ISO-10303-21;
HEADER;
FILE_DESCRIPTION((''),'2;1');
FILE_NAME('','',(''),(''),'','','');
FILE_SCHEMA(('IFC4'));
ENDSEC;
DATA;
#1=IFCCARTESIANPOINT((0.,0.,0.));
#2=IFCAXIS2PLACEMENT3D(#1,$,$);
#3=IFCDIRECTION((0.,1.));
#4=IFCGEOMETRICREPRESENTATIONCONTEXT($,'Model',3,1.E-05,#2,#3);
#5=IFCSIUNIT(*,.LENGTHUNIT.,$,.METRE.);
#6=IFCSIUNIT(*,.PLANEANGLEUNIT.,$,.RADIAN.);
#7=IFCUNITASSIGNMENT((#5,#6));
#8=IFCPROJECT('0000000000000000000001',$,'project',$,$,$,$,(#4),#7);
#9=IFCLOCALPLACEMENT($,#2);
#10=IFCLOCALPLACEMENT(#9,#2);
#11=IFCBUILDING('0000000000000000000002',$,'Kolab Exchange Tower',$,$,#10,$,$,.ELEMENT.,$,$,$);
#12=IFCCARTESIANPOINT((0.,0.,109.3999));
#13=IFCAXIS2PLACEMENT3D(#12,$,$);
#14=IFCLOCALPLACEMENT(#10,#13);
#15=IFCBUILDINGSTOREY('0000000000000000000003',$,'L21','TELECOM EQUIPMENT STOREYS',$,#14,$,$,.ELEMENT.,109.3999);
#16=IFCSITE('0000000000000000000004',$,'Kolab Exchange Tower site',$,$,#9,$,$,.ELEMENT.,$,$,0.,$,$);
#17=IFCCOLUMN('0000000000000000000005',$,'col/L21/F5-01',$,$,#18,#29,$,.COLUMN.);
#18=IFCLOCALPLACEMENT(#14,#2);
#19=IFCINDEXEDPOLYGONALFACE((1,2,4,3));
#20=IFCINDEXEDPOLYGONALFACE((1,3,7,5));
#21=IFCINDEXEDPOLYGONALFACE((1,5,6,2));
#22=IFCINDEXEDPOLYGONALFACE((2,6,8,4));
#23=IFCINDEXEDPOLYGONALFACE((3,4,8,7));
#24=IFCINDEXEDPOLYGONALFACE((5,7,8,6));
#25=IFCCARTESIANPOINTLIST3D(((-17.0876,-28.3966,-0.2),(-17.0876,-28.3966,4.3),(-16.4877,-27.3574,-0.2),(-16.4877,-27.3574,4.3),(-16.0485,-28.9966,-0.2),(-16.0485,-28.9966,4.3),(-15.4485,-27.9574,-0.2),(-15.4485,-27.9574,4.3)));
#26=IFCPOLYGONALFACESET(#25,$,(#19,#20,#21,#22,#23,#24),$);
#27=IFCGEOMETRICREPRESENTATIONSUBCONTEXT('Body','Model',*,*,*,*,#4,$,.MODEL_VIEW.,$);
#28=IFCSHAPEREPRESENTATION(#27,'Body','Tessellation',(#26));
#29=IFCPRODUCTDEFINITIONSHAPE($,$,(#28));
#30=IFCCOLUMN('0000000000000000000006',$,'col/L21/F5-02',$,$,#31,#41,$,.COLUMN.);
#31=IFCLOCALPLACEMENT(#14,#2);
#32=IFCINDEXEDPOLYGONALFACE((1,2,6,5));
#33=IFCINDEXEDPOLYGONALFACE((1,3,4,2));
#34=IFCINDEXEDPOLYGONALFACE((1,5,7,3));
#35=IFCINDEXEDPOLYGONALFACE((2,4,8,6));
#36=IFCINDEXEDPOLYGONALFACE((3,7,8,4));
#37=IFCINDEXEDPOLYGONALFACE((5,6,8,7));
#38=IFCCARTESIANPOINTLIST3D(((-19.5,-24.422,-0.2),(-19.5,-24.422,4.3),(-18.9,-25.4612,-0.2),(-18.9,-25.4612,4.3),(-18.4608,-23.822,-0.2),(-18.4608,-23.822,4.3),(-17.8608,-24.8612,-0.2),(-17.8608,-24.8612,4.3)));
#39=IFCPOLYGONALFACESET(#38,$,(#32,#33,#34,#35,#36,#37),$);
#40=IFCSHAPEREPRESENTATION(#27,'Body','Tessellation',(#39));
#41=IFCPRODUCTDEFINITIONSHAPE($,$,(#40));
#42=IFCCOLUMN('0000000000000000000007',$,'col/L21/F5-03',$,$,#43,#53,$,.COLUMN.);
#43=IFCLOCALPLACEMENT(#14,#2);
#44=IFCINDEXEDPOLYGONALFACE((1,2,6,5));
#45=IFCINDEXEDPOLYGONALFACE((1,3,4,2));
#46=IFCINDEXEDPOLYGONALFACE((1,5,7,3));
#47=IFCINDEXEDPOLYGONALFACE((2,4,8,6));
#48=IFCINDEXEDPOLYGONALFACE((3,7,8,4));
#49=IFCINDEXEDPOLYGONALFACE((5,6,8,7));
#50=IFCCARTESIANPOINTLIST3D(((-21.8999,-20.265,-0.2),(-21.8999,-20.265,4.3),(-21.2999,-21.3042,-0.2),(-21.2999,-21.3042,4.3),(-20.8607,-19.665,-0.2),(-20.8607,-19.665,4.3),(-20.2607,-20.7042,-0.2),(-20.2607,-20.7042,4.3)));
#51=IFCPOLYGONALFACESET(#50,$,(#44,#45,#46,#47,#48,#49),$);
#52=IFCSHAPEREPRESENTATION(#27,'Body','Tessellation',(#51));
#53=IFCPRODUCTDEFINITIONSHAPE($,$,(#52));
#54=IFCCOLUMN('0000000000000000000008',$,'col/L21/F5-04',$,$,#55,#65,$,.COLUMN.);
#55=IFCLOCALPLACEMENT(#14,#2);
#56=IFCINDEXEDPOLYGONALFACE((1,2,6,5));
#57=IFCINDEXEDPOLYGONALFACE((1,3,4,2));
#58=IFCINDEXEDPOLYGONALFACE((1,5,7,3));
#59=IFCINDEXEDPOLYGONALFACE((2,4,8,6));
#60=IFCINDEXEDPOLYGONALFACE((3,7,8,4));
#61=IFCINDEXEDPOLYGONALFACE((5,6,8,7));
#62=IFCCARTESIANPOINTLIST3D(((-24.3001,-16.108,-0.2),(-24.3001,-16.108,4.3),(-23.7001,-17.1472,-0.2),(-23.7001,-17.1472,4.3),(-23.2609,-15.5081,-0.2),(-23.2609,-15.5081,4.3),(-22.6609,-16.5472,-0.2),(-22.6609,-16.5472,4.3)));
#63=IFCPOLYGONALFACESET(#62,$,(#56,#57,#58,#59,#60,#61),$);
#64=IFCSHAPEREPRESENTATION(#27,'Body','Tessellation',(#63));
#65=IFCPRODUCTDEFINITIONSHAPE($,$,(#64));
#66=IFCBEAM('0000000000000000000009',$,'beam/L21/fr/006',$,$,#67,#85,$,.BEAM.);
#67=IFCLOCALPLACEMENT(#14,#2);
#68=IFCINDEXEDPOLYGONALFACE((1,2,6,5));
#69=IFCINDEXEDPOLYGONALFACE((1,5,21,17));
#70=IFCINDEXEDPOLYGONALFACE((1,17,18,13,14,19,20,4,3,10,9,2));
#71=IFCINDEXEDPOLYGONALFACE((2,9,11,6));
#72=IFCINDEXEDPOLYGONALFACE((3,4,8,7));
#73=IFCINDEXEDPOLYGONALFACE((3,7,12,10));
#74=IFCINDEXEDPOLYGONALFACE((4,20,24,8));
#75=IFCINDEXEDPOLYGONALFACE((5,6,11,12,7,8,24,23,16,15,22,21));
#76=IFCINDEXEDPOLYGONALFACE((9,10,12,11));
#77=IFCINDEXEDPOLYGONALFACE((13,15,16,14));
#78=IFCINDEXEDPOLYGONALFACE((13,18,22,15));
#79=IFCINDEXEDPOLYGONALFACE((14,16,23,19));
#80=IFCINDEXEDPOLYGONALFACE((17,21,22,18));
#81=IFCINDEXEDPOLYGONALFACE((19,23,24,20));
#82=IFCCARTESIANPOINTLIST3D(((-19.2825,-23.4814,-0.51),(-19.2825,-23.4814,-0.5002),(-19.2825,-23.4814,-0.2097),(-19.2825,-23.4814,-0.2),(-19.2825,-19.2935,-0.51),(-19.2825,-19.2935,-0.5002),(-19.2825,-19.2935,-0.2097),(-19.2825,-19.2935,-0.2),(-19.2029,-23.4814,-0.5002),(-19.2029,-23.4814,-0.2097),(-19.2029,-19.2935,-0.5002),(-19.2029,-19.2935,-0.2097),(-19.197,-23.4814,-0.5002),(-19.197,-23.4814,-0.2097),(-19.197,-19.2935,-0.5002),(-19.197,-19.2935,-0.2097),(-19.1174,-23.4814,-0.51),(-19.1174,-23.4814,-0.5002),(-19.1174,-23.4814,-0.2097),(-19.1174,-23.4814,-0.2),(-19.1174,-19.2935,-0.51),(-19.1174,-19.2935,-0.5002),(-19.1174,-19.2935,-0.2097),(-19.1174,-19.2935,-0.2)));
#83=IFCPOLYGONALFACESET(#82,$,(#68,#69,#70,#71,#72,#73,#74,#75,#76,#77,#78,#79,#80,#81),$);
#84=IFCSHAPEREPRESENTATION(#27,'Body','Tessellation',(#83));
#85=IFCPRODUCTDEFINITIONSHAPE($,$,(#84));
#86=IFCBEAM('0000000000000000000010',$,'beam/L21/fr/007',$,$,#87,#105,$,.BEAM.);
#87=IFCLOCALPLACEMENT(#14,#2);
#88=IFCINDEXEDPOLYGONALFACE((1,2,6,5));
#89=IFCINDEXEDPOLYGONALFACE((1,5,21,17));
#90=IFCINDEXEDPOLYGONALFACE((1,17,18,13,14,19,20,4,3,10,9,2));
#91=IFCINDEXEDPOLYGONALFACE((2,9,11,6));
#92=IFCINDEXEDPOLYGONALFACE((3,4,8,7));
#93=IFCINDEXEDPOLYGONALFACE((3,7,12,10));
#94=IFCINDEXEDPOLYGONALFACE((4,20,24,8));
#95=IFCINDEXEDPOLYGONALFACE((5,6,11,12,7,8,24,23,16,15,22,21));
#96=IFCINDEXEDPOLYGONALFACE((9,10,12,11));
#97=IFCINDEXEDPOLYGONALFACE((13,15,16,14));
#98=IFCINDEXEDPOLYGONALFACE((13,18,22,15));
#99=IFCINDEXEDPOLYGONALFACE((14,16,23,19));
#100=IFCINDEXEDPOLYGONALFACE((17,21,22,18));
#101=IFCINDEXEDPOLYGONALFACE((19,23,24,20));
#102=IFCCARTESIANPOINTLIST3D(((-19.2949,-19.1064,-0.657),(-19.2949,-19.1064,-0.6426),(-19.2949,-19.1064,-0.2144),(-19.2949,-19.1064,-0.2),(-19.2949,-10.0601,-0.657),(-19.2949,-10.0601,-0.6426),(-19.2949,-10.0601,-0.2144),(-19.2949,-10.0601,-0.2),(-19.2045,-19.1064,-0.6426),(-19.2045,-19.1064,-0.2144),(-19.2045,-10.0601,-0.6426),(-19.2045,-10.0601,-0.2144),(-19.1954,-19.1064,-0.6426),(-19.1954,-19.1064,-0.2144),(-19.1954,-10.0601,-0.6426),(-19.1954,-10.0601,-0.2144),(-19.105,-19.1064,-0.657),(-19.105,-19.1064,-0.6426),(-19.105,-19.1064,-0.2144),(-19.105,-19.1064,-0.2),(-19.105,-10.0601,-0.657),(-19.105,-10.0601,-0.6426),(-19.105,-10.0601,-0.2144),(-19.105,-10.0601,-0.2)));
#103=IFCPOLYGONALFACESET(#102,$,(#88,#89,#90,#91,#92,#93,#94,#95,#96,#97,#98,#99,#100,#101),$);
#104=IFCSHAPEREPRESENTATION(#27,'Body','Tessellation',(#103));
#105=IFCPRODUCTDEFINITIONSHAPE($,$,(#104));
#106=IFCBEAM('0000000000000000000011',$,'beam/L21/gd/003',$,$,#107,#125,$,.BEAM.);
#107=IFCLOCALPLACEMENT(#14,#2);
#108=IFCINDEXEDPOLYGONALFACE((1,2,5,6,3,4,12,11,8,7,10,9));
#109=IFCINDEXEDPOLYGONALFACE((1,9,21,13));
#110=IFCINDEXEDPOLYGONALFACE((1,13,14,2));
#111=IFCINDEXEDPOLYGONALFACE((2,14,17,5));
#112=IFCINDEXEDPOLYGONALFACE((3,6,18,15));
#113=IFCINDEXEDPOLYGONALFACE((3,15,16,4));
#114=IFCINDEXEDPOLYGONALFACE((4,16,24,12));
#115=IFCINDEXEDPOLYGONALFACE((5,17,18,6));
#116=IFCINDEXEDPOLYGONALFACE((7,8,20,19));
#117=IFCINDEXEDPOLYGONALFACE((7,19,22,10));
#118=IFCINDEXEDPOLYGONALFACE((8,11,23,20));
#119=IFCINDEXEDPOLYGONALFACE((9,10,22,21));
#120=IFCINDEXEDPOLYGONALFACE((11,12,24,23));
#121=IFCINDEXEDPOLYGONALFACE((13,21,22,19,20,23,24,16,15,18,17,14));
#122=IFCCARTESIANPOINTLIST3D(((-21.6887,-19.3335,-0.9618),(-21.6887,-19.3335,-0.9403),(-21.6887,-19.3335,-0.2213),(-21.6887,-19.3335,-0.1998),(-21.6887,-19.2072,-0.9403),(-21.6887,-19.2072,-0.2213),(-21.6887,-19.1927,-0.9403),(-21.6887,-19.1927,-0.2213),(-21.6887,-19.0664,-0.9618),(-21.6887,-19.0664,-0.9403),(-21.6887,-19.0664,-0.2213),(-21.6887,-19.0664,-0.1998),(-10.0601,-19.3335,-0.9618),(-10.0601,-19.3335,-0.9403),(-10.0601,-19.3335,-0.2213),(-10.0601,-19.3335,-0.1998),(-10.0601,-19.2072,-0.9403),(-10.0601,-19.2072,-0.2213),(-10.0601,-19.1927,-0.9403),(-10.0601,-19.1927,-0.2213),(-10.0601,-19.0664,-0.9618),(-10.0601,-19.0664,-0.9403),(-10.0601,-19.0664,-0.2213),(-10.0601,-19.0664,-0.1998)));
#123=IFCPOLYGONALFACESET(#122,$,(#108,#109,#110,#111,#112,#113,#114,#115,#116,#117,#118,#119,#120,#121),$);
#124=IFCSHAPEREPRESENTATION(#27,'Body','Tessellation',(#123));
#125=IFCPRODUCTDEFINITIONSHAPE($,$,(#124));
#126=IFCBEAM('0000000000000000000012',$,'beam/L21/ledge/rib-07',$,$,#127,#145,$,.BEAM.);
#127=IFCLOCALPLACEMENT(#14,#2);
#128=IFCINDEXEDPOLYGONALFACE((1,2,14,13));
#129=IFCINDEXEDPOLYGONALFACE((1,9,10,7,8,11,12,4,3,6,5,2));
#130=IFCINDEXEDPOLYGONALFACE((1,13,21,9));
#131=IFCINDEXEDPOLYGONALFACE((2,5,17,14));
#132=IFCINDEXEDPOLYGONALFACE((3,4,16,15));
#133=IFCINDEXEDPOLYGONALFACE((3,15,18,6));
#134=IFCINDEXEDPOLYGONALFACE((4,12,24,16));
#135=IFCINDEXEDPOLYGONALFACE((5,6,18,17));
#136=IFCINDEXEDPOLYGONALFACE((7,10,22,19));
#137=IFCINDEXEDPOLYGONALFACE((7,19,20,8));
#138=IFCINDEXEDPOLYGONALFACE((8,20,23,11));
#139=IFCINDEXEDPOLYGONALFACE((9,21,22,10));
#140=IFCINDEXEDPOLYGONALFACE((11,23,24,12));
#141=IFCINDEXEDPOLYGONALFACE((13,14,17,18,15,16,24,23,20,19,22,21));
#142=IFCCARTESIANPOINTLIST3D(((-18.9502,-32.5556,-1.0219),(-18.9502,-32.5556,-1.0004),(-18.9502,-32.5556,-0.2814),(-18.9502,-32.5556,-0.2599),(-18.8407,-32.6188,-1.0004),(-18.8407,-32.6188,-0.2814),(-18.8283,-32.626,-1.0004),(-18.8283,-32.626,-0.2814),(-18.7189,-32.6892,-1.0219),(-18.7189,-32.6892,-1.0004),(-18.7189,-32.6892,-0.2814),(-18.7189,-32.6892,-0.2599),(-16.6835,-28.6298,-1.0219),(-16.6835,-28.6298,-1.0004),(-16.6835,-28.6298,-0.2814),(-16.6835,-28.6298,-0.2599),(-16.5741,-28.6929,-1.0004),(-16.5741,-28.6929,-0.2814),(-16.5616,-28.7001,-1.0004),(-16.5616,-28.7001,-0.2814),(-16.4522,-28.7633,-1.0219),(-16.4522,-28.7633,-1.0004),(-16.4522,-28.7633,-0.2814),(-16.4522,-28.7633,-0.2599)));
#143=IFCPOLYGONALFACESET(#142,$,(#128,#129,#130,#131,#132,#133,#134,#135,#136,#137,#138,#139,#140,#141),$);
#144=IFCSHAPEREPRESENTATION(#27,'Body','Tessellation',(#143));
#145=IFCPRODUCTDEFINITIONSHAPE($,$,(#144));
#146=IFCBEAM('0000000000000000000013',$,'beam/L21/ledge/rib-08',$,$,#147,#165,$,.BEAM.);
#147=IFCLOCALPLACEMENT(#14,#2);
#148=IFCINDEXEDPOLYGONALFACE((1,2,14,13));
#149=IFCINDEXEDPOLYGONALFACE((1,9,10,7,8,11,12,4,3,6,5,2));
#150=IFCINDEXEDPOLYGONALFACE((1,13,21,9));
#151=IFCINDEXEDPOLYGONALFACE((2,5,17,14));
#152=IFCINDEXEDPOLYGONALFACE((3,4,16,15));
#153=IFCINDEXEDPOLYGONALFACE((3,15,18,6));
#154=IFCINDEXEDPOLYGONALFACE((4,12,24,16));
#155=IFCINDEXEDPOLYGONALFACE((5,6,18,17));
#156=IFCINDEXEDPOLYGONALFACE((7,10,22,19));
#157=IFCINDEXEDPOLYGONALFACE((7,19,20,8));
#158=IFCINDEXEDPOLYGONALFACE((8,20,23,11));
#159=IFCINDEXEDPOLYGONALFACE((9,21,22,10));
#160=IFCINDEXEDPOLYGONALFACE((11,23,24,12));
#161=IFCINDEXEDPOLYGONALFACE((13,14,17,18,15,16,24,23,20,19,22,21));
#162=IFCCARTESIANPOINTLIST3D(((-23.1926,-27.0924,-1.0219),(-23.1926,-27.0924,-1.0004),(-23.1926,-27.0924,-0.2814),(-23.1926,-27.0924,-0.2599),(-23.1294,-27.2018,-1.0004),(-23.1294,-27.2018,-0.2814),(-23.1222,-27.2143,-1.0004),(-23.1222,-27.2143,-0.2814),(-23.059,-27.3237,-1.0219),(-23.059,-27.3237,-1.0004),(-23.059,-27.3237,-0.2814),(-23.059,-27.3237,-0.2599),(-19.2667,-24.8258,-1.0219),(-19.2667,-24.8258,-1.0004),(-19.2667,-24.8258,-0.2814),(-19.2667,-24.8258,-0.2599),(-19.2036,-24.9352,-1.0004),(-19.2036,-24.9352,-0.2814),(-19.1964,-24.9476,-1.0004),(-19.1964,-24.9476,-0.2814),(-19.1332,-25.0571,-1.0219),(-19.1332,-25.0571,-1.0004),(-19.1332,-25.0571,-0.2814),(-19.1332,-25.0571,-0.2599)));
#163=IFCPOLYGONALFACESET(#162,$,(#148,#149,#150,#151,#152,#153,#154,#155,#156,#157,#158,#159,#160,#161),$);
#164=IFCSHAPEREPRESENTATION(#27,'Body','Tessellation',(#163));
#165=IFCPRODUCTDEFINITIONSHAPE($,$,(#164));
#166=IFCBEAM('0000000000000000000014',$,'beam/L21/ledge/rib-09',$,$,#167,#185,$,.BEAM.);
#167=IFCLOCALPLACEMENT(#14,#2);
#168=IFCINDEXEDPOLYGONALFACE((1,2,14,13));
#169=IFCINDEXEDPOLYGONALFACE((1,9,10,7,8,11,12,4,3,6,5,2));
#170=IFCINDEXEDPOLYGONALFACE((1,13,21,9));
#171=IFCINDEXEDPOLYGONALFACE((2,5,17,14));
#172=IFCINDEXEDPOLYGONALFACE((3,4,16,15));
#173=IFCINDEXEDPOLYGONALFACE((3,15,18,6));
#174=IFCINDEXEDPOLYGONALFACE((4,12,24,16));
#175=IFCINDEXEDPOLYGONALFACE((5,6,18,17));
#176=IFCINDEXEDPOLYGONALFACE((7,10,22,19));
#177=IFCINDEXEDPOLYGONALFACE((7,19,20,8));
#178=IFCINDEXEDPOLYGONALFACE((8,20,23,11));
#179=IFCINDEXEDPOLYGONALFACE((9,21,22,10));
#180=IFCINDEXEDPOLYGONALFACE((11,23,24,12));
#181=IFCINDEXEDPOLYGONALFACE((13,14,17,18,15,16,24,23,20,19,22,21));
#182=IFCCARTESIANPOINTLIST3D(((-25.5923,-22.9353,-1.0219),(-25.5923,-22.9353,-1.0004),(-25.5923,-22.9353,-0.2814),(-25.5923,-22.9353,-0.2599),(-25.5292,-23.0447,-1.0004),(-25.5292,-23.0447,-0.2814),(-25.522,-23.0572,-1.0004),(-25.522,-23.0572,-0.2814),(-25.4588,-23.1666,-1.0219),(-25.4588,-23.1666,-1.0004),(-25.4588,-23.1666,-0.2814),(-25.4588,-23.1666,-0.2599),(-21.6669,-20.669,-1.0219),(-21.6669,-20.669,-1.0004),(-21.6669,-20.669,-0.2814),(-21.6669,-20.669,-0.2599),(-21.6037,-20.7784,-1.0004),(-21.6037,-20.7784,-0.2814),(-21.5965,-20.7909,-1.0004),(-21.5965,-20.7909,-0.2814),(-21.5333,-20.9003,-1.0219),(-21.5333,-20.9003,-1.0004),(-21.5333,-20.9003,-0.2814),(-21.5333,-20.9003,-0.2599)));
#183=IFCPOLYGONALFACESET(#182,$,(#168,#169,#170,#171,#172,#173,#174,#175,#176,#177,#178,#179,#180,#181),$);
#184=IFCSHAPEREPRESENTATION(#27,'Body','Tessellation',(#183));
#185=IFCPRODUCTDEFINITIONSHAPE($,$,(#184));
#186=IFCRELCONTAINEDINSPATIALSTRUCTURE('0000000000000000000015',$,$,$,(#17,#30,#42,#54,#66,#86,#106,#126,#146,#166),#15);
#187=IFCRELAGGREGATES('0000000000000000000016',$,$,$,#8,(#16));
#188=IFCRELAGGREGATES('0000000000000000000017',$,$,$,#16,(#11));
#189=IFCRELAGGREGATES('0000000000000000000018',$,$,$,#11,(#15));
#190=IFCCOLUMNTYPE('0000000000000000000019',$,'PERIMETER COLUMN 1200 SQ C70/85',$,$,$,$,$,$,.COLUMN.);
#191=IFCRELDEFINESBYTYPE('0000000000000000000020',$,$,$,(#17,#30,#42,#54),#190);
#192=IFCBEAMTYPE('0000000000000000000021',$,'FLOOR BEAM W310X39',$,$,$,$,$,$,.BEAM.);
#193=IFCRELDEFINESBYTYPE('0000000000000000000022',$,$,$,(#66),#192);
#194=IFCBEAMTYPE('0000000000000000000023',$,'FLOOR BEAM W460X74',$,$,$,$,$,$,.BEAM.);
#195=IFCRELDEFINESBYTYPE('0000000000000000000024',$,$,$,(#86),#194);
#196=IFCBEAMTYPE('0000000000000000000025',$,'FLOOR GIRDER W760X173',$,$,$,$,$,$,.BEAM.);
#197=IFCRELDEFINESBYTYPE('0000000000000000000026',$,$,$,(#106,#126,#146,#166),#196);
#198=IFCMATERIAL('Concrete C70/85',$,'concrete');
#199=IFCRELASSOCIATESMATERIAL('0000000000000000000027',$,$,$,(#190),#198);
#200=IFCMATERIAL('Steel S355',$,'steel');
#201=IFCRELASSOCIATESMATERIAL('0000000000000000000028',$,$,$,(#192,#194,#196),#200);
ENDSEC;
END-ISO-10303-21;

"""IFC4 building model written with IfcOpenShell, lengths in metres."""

from ifc_helpers import new_model, si_unit, direction, frame, origin, origin_2d, place, context, subcontext, project, spatial, rectangle, i_section, extrude, material, material_profile, profile_set, type_object, element, save


model = new_model("IFC4")

# Units and contexts
model_context = context("Model", 3, precision=1e-05, world=origin(), true_north=direction((0.0, 1.0)))
body_context = subcontext(model_context, "Body", "Model", "MODEL_VIEW")
ifc_project = project(units=[si_unit("LENGTHUNIT", "METRE"), si_unit("PLANEANGLEUNIT", "RADIAN")], contexts=[model_context])

# Site, building, storey
site_placement = place(None, origin())
site = spatial("IfcSite", under=ifc_project, at=site_placement, Name="Kolab Exchange Tower site", CompositionType="ELEMENT", RefElevation=0.0)
building_placement = place(site_placement, origin())
building = spatial("IfcBuilding", under=site, at=building_placement, Name="Kolab Exchange Tower", CompositionType="ELEMENT")
storey_placement = place(building_placement, frame((0.0, 0.0, 109.3999)))
storey = spatial("IfcBuildingStorey", under=building, at=storey_placement, Name="L21", Description="TELECOM EQUIPMENT STOREYS", CompositionType="ELEMENT", Elevation=109.3999)

# Columns
ifc_material_1 = material(Name="Concrete C70/85", Category="concrete")
ifc_material_profile_1 = material_profile(ifc_material_1, rectangle(XDim=1.2, YDim=1.2, at=origin_2d()), Name="RC1200")
ifc_profile_set_1 = profile_set([ifc_material_profile_1], Name="Concrete C70/85")
column_type = type_object("IfcColumnType", Name="PERIMETER COLUMN 1200 SQ C70/85", PredefinedType="COLUMN", material=ifc_profile_set_1)
for number, where, z_axis, x_axis, name in (
    (1, (-16.2681, -28.177, -0.2), (0.0, 0.0, 1.0), (0.5, 0.866025, 0.0), "col/L21/F5-01"),
    (2, (-18.6804, -24.6416, -0.2), (0.0, 0.0, 1.0), (0.866025, 0.5, 0.0), "col/L21/F5-02"),
    (3, (-21.0803, -20.4846, -0.2), (0.0, 0.0, 1.0), (0.866025, 0.5, 0.0), "col/L21/F5-03"),
    (4, (-23.4805, -16.3276, -0.2), (0.0, 0.0, 1.0), (0.866025, 0.5, 0.0), "col/L21/F5-04"),
):
    element("IfcColumn", number, at=place(storey_placement, frame(where, z_axis=z_axis, x_axis=x_axis)), inside=storey, type_object=column_type, Name=name, PredefinedType="COLUMN", context=body_context, shape_type="SweptSolid", body=[
        extrude(rectangle(XDim=1.2, YDim=1.2, at=origin_2d()), origin(), (0.0, 0.0, 1.0), 4.5),
    ])

# Beams
ifc_material_2 = material(Name="Steel S355", Category="steel")
ifc_material_profile_2 = material_profile(ifc_material_2, i_section(OverallWidth=0.165, OverallDepth=0.3101, WebThickness=0.0059, FlangeThickness=0.0098, at=origin_2d()), Name="W310X39")
ifc_profile_set_2 = profile_set([ifc_material_profile_2], Name="Steel S355")
beam_type_1 = type_object("IfcBeamType", Name="FLOOR BEAM W310X39", PredefinedType="BEAM", material=ifc_profile_set_2)
beam_1_placement = place(storey_placement, frame((-19.2, -23.4814, -0.355), z_axis=(0.0, 1.0, 0.0), x_axis=(-1.0, 0.0, 0.0)))
element("IfcBeam", 5, at=beam_1_placement, inside=storey, type_object=beam_type_1, Name="beam/L21/fr/006", PredefinedType="BEAM", context=body_context, shape_type="SweptSolid", body=[
    extrude(i_section(OverallWidth=0.165, OverallDepth=0.3101, WebThickness=0.0059, FlangeThickness=0.0098, at=origin_2d()), origin(), (0.0, 0.0, 1.0), 4.188),
])
ifc_material_profile_3 = material_profile(ifc_material_2, i_section(OverallWidth=0.1899, OverallDepth=0.457, WebThickness=0.009, FlangeThickness=0.0144, at=origin_2d()), Name="W460X74")
ifc_profile_set_3 = profile_set([ifc_material_profile_3], Name="Steel S355")
beam_type_2 = type_object("IfcBeamType", Name="FLOOR BEAM W460X74", PredefinedType="BEAM", material=ifc_profile_set_3)
beam_2_placement = place(storey_placement, frame((-19.2, -19.1064, -0.4285), z_axis=(0.0, 1.0, 0.0), x_axis=(-1.0, 0.0, 0.0)))
element("IfcBeam", 6, at=beam_2_placement, inside=storey, type_object=beam_type_2, Name="beam/L21/fr/007", PredefinedType="BEAM", context=body_context, shape_type="SweptSolid", body=[
    extrude(i_section(OverallWidth=0.1899, OverallDepth=0.457, WebThickness=0.009, FlangeThickness=0.0144, at=origin_2d()), origin(), (0.0, 0.0, 1.0), 9.0464),
])
ifc_material_profile_4 = material_profile(ifc_material_2, i_section(OverallWidth=0.2671, OverallDepth=0.762, WebThickness=0.0144, FlangeThickness=0.0215, at=origin_2d()), Name="W760X173")
ifc_profile_set_4 = profile_set([ifc_material_profile_4], Name="Steel S355")
beam_type_3 = type_object("IfcBeamType", Name="FLOOR GIRDER W760X173", PredefinedType="BEAM", material=ifc_profile_set_4)
beam_3_placement = place(storey_placement, frame((-21.6887, -19.2, -0.5808), z_axis=(1.0, 0.0, 0.0), x_axis=(0.0, 1.0, 0.0)))
element("IfcBeam", 7, at=beam_3_placement, inside=storey, type_object=beam_type_3, Name="beam/L21/gd/003", PredefinedType="BEAM", context=body_context, shape_type="SweptSolid", body=[
    extrude(i_section(OverallWidth=0.2671, OverallDepth=0.762, WebThickness=0.0144, FlangeThickness=0.0215, at=origin_2d()), origin(), (0.0, 0.0, 1.0), 11.6287),
])
for number, where, z_axis, x_axis, name in (
    (8, (-16.5679, -28.6965, -0.6409), (-0.500008, -0.866021, 0.0), (0.866021, -0.500008, 0.0), "beam/L21/ledge/rib-07"),
    (9, (-19.2, -24.9414, -0.6409), (-0.866021, -0.500008, 0.0), (0.500008, -0.866021, 0.0), "beam/L21/ledge/rib-08"),
):
    element("IfcBeam", number, at=place(storey_placement, frame(where, z_axis=z_axis, x_axis=x_axis)), inside=storey, type_object=beam_type_3, Name=name, PredefinedType="BEAM", context=body_context, shape_type="SweptSolid", body=[
        extrude(i_section(OverallWidth=0.2671, OverallDepth=0.762, WebThickness=0.0144, FlangeThickness=0.0215, at=origin_2d()), origin(), (0.0, 0.0, 1.0), 4.5332),
    ])
beam_4_placement = place(storey_placement, frame((-21.6001, -20.7847, -0.6409), z_axis=(-0.86603, -0.499991, 0.0), x_axis=(0.499991, -0.86603, 0.0)))
element("IfcBeam", 10, at=beam_4_placement, inside=storey, type_object=beam_type_3, Name="beam/L21/ledge/rib-09", PredefinedType="BEAM", context=body_context, shape_type="SweptSolid", body=[
    extrude(i_section(OverallWidth=0.2671, OverallDepth=0.762, WebThickness=0.0144, FlangeThickness=0.0215, at=origin_2d()), origin(), (0.0, 0.0, 1.0), 4.5327),
])

save(model, "model.ifc")
